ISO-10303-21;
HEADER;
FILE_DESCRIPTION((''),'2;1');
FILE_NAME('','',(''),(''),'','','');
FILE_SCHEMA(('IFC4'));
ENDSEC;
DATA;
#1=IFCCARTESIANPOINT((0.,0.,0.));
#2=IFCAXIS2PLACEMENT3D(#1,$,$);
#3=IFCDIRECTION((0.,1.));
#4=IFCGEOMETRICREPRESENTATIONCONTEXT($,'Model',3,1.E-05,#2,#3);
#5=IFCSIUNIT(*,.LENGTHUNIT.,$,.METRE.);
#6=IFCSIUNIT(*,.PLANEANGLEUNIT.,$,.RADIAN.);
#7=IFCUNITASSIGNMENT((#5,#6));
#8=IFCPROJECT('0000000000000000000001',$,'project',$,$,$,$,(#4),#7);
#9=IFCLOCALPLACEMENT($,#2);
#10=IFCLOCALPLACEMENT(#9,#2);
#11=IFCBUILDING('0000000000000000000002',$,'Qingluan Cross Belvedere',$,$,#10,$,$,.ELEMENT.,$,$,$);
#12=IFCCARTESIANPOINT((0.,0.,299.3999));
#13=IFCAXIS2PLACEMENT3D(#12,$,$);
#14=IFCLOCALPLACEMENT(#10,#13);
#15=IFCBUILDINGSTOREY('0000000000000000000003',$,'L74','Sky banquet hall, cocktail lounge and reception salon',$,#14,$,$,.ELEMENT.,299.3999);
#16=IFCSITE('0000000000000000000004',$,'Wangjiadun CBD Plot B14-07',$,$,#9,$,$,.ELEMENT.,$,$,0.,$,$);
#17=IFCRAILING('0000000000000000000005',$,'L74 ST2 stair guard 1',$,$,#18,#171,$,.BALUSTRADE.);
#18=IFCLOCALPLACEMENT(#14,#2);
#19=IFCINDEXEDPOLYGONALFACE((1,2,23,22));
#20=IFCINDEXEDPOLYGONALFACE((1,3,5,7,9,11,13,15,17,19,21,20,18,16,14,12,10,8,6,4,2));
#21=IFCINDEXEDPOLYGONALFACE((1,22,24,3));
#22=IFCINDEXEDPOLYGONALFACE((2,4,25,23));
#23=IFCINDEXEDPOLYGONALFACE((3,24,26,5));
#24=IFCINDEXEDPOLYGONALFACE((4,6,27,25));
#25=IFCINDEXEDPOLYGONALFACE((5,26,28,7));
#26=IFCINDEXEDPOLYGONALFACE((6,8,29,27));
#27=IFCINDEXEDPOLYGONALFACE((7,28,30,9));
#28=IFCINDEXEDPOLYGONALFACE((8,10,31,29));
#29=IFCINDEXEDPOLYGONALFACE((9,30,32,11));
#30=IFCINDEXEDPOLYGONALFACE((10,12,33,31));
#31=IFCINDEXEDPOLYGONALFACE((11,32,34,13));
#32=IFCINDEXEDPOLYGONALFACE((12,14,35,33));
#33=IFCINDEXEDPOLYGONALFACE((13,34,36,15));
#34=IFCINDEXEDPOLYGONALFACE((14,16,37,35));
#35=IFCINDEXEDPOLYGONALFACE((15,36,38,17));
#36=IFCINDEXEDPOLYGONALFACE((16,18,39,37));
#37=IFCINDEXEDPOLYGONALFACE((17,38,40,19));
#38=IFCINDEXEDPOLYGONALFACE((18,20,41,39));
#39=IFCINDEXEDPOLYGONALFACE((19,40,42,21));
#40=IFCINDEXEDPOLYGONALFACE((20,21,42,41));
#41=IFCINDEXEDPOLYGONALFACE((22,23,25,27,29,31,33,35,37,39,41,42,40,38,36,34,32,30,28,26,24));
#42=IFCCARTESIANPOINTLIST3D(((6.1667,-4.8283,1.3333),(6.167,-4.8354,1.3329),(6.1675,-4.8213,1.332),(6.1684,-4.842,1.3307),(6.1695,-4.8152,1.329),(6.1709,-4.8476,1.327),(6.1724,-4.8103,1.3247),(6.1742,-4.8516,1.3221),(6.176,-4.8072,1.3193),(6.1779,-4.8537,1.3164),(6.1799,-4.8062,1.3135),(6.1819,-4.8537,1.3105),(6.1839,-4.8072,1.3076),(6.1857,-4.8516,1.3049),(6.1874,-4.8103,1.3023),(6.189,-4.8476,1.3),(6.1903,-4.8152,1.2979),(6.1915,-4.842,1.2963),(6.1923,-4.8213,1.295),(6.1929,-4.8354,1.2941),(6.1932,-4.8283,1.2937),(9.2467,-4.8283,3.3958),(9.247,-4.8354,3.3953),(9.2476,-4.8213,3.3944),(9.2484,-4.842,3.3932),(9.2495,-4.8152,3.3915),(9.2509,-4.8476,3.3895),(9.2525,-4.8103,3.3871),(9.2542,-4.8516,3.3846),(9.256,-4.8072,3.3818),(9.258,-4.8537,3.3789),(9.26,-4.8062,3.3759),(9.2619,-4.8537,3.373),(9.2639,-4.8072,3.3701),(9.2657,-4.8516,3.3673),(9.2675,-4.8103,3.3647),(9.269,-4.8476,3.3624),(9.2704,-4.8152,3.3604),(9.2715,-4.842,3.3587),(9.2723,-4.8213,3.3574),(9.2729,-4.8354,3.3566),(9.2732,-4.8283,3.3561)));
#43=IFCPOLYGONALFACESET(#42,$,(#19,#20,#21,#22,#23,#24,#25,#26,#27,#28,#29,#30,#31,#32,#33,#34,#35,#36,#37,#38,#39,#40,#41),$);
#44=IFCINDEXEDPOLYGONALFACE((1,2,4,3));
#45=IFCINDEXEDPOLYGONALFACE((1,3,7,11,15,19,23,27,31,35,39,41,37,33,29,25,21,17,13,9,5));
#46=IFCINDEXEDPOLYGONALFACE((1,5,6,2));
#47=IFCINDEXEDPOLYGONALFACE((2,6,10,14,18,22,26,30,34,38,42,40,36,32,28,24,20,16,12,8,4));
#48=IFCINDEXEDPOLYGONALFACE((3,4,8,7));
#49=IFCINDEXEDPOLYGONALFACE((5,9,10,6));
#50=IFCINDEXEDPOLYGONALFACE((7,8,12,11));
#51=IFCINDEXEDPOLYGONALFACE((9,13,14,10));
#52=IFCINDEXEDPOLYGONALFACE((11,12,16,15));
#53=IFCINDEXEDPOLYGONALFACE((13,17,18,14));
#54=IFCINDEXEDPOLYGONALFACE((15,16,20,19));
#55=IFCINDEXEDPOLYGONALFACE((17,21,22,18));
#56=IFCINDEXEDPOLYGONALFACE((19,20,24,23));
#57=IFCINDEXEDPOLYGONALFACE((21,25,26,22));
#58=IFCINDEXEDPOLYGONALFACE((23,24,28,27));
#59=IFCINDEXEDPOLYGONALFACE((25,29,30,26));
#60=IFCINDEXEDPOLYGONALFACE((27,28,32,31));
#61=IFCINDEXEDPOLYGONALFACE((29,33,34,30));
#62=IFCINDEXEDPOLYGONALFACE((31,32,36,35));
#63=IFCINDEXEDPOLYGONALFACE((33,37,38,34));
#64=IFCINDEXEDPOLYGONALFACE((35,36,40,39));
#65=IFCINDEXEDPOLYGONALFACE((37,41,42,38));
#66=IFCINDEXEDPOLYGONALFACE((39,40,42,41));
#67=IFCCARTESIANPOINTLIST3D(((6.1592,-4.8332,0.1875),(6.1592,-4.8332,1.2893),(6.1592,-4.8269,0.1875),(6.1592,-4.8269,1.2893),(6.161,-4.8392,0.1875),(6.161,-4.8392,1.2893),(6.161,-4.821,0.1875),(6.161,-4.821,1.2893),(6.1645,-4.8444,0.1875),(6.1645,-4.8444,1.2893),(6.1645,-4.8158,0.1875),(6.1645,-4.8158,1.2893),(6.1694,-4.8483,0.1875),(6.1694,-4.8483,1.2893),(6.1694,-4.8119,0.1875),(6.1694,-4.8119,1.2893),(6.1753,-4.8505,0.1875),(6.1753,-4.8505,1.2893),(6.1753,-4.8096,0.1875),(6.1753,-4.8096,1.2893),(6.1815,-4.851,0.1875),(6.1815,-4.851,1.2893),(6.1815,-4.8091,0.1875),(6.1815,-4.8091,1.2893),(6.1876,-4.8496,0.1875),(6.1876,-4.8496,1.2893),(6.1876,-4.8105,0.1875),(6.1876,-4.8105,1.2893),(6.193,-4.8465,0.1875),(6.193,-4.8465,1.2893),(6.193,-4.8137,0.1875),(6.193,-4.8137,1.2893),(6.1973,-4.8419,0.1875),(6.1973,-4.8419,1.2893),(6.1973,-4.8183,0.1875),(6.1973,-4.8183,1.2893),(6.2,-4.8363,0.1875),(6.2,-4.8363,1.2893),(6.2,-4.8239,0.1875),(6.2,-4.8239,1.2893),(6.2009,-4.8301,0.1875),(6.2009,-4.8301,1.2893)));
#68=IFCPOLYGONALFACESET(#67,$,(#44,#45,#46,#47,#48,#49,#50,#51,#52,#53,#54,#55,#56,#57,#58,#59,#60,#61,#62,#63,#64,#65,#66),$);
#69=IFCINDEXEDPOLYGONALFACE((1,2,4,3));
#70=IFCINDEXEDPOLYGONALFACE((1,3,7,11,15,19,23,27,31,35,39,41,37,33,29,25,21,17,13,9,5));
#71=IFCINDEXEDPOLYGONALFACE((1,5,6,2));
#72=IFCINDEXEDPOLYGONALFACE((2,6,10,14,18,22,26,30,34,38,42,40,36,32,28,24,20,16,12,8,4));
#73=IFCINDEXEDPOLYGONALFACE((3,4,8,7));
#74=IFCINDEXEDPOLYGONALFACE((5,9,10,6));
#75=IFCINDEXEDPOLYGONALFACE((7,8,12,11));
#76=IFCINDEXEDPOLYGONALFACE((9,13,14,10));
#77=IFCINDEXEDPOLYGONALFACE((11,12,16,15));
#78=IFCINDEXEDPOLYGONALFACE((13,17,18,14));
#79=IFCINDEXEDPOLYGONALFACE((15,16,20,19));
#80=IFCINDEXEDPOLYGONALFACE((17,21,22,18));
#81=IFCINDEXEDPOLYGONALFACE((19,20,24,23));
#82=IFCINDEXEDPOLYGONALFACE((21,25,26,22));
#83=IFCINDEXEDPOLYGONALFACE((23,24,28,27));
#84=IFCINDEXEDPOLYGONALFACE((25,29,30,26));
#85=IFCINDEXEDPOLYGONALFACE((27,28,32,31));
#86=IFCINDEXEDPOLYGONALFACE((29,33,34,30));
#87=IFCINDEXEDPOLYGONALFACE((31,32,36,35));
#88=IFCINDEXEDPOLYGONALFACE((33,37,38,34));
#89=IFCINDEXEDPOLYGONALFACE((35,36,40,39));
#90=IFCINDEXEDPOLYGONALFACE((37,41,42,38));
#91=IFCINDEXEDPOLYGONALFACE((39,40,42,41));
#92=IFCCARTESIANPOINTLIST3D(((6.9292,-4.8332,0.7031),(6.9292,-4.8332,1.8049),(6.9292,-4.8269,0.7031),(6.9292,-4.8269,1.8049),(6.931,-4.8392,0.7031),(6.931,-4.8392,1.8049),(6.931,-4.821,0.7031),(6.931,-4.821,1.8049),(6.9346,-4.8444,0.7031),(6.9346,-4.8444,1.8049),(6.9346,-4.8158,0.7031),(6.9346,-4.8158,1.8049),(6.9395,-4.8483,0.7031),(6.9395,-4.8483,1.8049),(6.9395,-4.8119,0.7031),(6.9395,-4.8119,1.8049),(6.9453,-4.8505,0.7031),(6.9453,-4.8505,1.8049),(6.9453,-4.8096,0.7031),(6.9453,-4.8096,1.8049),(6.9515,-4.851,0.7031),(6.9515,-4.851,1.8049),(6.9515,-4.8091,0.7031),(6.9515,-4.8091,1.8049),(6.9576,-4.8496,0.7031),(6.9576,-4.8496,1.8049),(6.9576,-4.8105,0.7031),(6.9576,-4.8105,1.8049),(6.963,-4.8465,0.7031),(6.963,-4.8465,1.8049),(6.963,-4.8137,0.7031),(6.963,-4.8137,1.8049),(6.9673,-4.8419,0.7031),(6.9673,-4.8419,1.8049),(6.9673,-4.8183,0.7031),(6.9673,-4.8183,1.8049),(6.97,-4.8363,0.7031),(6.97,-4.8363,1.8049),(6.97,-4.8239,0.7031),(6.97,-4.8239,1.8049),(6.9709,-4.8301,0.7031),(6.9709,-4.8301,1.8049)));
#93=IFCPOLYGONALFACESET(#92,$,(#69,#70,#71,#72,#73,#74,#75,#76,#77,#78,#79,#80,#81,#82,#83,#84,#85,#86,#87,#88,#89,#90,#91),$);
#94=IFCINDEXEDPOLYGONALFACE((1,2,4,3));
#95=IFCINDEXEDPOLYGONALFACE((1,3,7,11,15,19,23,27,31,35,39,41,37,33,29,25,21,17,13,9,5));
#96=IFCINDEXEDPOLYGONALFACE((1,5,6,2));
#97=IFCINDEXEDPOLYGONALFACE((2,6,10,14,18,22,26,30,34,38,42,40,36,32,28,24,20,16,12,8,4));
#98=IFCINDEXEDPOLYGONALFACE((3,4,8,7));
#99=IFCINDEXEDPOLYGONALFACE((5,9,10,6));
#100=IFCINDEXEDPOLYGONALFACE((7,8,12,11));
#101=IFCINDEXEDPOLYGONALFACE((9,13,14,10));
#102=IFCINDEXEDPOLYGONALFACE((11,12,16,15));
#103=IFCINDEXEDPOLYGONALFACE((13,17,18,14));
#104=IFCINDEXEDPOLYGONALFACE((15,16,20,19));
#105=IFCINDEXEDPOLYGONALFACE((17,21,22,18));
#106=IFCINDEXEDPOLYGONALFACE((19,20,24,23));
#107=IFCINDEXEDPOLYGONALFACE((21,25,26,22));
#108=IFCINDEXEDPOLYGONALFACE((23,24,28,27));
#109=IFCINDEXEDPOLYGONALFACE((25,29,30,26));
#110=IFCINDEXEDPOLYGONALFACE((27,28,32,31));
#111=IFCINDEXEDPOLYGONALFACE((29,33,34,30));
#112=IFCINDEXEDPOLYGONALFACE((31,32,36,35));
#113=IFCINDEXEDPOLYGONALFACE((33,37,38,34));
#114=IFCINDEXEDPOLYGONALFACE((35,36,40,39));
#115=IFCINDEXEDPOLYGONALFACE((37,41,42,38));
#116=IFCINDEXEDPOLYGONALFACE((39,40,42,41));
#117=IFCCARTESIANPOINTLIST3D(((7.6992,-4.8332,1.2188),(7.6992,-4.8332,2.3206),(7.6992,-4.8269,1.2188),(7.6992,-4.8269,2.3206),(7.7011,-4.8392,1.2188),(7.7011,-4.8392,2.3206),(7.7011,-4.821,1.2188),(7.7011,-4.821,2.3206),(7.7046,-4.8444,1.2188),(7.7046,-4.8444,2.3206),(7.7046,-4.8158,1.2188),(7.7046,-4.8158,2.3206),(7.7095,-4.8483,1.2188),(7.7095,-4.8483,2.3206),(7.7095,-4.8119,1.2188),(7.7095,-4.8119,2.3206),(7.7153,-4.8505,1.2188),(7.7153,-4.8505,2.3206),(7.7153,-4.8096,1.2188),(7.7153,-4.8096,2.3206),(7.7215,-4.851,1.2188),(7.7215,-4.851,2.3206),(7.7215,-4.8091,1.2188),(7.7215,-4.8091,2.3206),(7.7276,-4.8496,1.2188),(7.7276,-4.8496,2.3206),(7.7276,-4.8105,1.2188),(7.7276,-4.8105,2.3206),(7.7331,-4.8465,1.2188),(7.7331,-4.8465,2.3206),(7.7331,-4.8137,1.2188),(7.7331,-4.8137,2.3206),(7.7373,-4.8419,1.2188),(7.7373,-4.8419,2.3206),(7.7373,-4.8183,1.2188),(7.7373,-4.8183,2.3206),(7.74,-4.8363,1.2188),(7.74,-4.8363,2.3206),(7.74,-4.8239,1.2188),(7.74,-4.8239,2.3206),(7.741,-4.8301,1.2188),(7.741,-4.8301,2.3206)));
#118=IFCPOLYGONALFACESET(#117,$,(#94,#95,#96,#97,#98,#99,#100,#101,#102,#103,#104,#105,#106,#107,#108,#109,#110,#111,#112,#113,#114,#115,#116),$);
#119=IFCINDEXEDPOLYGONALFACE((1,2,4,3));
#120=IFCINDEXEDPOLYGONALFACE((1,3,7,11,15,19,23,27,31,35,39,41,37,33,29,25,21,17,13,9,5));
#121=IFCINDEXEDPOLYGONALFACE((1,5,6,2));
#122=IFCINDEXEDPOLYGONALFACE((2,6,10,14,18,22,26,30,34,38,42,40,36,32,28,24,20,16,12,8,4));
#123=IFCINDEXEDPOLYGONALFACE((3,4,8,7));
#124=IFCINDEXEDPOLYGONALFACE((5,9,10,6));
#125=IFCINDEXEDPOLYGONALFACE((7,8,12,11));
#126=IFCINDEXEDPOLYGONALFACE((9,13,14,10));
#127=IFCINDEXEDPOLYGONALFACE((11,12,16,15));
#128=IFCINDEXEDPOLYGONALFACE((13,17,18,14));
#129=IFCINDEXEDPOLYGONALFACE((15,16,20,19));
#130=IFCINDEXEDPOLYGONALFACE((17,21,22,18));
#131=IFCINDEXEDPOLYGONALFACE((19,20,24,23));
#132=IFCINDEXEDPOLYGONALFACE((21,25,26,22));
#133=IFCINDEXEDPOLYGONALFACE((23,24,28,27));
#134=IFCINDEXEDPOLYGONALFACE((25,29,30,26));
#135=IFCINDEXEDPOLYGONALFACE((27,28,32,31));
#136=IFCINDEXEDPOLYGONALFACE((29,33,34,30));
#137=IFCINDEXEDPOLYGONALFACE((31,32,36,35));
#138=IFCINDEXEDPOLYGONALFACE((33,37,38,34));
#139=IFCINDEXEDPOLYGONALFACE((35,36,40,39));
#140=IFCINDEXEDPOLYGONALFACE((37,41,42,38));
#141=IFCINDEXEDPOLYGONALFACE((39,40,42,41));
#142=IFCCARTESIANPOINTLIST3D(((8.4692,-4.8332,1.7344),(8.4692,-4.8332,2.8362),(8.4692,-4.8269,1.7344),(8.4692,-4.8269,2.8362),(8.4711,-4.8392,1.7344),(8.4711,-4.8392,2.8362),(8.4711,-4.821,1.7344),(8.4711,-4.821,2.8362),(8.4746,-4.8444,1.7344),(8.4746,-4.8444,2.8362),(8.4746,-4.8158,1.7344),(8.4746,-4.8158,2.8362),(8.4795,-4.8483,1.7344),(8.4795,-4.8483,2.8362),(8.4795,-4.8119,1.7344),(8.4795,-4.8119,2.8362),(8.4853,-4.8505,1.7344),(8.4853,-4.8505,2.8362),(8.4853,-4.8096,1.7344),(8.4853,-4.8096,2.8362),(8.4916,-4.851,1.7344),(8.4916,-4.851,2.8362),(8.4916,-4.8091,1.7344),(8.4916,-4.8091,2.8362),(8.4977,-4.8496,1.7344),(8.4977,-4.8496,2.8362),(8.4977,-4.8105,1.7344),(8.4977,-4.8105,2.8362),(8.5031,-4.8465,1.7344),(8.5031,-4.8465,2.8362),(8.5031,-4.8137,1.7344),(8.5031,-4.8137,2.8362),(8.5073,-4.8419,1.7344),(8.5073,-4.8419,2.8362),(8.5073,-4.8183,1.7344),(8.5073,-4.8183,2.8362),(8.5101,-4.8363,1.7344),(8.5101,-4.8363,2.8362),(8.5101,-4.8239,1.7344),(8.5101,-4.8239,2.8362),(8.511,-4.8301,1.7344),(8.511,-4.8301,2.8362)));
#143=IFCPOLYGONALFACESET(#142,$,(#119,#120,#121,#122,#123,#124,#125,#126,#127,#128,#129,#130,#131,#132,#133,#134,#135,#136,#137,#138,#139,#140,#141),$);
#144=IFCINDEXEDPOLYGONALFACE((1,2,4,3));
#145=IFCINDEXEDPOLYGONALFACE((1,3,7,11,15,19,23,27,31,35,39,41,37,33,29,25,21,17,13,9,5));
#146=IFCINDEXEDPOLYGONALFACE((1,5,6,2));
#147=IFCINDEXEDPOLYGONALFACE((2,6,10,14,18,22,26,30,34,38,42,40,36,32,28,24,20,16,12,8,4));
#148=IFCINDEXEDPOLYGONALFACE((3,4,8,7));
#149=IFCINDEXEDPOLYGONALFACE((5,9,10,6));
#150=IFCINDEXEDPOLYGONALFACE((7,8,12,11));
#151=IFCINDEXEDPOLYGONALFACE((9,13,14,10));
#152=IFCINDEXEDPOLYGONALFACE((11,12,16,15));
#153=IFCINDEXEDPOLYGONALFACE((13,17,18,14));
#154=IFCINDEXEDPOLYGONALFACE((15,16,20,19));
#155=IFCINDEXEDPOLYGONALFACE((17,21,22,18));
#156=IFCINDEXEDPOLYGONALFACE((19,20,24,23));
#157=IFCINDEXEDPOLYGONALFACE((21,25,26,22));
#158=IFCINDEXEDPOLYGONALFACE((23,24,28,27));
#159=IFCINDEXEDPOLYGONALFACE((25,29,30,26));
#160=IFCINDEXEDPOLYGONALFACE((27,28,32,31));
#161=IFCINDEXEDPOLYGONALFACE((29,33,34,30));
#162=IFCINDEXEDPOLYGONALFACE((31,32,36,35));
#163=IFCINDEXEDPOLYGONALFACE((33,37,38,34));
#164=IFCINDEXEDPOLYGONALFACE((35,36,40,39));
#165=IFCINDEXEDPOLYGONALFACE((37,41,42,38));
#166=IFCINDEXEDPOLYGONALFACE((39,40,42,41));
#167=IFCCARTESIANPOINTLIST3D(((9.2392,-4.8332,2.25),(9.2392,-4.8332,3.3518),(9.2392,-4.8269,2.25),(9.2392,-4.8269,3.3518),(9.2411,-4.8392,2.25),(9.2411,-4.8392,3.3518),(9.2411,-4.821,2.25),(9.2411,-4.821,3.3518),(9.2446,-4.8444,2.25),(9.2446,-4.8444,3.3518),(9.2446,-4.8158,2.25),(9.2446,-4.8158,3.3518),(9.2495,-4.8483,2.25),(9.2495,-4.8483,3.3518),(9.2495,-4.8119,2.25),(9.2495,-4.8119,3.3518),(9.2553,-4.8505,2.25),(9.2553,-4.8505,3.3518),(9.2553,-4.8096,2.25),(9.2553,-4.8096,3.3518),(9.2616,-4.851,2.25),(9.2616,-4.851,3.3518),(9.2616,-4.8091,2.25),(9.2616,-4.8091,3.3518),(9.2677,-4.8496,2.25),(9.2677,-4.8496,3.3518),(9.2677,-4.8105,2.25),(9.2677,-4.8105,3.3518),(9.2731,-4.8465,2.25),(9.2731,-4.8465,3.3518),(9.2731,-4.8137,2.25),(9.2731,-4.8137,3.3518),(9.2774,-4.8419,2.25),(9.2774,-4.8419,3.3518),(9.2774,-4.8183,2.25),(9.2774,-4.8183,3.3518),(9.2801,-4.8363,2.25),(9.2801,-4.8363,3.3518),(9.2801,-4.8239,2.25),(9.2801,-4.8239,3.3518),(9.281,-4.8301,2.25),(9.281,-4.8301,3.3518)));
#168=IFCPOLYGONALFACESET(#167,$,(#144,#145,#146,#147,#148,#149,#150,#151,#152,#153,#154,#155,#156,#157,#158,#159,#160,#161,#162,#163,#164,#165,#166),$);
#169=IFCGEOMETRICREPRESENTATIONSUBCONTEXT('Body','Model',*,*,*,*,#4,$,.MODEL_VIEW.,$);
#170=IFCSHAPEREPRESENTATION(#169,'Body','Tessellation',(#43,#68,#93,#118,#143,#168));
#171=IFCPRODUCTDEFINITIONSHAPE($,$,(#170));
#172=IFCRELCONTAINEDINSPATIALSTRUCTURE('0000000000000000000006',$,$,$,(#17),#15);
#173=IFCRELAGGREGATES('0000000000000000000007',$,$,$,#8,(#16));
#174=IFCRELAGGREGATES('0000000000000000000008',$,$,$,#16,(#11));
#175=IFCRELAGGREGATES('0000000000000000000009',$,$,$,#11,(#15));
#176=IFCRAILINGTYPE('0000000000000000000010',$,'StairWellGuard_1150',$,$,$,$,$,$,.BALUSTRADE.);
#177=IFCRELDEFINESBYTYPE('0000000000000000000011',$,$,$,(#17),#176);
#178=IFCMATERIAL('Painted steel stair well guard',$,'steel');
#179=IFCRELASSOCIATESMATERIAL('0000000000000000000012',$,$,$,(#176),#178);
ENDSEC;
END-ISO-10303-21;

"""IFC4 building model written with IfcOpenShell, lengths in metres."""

from ifc_helpers import new_model, si_unit, direction, frame, origin, origin_2d, place, context, subcontext, project, spatial, circle, extrude, material, type_object, element, save


model = new_model("IFC4")

# Units and contexts
model_context = context("Model", 3, precision=1e-05, world=origin(), true_north=direction((0.0, 1.0)))
body_context = subcontext(model_context, "Body", "Model", "MODEL_VIEW")
ifc_project = project(units=[si_unit("LENGTHUNIT", "METRE"), si_unit("PLANEANGLEUNIT", "RADIAN")], contexts=[model_context])

# Site, building, storey
site_placement = place(None, origin())
site = spatial("IfcSite", under=ifc_project, at=site_placement, Name="Wangjiadun CBD Plot B14-07", CompositionType="ELEMENT", RefElevation=0.0)
building_placement = place(site_placement, origin())
building = spatial("IfcBuilding", under=site, at=building_placement, Name="Qingluan Cross Belvedere", CompositionType="ELEMENT")
storey_placement = place(building_placement, frame((0.0, 0.0, 299.3999)))
storey = spatial("IfcBuildingStorey", under=building, at=storey_placement, Name="L74", Description="Sky banquet hall, cocktail lounge and reception salon", CompositionType="ELEMENT", Elevation=299.3999)

# Railing
ifc_material_1 = material(Name="Painted steel stair well guard", Category="steel")
railing_type_1 = type_object("IfcRailingType", Name="StairWellGuard_1150", PredefinedType="BALUSTRADE", material=ifc_material_1)
railing_1_placement = place(storey_placement, frame((6.1799, -4.8301, 0.1875)))
element("IfcRailing", 1, at=railing_1_placement, inside=storey, type_object=railing_type_1, Name="L74 ST2 stair guard 1", PredefinedType="BALUSTRADE", context=body_context, shape_type="SweptSolid", body=[
    extrude(circle(Radius=0.0239, at=origin_2d()), frame((0.0, 0.0, 1.126), z_axis=(0.830914, 0.0, 0.556401), x_axis=(0.0, 1.0, 0.0)), (0.0, 0.0, 1.0), 3.7068),
    extrude(circle(Radius=0.021, at=origin_2d()), origin(), (0.0, 0.0, 1.0), 1.1018),
    extrude(circle(Radius=0.021, at=origin_2d()), frame((0.77, 0.0, 0.5156)), (0.0, 0.0, 1.0), 1.1018),
    extrude(circle(Radius=0.021, at=origin_2d()), frame((1.54, 0.0, 1.0312)), (0.0, 0.0, 1.0), 1.1018),
    extrude(circle(Radius=0.021, at=origin_2d()), frame((2.3101, 0.0, 1.5469)), (0.0, 0.0, 1.0), 1.1018),
    extrude(circle(Radius=0.021, at=origin_2d()), frame((3.0801, 0.0, 2.0625)), (0.0, 0.0, 1.0), 1.1018),
])

save(model, "model.ifc")
